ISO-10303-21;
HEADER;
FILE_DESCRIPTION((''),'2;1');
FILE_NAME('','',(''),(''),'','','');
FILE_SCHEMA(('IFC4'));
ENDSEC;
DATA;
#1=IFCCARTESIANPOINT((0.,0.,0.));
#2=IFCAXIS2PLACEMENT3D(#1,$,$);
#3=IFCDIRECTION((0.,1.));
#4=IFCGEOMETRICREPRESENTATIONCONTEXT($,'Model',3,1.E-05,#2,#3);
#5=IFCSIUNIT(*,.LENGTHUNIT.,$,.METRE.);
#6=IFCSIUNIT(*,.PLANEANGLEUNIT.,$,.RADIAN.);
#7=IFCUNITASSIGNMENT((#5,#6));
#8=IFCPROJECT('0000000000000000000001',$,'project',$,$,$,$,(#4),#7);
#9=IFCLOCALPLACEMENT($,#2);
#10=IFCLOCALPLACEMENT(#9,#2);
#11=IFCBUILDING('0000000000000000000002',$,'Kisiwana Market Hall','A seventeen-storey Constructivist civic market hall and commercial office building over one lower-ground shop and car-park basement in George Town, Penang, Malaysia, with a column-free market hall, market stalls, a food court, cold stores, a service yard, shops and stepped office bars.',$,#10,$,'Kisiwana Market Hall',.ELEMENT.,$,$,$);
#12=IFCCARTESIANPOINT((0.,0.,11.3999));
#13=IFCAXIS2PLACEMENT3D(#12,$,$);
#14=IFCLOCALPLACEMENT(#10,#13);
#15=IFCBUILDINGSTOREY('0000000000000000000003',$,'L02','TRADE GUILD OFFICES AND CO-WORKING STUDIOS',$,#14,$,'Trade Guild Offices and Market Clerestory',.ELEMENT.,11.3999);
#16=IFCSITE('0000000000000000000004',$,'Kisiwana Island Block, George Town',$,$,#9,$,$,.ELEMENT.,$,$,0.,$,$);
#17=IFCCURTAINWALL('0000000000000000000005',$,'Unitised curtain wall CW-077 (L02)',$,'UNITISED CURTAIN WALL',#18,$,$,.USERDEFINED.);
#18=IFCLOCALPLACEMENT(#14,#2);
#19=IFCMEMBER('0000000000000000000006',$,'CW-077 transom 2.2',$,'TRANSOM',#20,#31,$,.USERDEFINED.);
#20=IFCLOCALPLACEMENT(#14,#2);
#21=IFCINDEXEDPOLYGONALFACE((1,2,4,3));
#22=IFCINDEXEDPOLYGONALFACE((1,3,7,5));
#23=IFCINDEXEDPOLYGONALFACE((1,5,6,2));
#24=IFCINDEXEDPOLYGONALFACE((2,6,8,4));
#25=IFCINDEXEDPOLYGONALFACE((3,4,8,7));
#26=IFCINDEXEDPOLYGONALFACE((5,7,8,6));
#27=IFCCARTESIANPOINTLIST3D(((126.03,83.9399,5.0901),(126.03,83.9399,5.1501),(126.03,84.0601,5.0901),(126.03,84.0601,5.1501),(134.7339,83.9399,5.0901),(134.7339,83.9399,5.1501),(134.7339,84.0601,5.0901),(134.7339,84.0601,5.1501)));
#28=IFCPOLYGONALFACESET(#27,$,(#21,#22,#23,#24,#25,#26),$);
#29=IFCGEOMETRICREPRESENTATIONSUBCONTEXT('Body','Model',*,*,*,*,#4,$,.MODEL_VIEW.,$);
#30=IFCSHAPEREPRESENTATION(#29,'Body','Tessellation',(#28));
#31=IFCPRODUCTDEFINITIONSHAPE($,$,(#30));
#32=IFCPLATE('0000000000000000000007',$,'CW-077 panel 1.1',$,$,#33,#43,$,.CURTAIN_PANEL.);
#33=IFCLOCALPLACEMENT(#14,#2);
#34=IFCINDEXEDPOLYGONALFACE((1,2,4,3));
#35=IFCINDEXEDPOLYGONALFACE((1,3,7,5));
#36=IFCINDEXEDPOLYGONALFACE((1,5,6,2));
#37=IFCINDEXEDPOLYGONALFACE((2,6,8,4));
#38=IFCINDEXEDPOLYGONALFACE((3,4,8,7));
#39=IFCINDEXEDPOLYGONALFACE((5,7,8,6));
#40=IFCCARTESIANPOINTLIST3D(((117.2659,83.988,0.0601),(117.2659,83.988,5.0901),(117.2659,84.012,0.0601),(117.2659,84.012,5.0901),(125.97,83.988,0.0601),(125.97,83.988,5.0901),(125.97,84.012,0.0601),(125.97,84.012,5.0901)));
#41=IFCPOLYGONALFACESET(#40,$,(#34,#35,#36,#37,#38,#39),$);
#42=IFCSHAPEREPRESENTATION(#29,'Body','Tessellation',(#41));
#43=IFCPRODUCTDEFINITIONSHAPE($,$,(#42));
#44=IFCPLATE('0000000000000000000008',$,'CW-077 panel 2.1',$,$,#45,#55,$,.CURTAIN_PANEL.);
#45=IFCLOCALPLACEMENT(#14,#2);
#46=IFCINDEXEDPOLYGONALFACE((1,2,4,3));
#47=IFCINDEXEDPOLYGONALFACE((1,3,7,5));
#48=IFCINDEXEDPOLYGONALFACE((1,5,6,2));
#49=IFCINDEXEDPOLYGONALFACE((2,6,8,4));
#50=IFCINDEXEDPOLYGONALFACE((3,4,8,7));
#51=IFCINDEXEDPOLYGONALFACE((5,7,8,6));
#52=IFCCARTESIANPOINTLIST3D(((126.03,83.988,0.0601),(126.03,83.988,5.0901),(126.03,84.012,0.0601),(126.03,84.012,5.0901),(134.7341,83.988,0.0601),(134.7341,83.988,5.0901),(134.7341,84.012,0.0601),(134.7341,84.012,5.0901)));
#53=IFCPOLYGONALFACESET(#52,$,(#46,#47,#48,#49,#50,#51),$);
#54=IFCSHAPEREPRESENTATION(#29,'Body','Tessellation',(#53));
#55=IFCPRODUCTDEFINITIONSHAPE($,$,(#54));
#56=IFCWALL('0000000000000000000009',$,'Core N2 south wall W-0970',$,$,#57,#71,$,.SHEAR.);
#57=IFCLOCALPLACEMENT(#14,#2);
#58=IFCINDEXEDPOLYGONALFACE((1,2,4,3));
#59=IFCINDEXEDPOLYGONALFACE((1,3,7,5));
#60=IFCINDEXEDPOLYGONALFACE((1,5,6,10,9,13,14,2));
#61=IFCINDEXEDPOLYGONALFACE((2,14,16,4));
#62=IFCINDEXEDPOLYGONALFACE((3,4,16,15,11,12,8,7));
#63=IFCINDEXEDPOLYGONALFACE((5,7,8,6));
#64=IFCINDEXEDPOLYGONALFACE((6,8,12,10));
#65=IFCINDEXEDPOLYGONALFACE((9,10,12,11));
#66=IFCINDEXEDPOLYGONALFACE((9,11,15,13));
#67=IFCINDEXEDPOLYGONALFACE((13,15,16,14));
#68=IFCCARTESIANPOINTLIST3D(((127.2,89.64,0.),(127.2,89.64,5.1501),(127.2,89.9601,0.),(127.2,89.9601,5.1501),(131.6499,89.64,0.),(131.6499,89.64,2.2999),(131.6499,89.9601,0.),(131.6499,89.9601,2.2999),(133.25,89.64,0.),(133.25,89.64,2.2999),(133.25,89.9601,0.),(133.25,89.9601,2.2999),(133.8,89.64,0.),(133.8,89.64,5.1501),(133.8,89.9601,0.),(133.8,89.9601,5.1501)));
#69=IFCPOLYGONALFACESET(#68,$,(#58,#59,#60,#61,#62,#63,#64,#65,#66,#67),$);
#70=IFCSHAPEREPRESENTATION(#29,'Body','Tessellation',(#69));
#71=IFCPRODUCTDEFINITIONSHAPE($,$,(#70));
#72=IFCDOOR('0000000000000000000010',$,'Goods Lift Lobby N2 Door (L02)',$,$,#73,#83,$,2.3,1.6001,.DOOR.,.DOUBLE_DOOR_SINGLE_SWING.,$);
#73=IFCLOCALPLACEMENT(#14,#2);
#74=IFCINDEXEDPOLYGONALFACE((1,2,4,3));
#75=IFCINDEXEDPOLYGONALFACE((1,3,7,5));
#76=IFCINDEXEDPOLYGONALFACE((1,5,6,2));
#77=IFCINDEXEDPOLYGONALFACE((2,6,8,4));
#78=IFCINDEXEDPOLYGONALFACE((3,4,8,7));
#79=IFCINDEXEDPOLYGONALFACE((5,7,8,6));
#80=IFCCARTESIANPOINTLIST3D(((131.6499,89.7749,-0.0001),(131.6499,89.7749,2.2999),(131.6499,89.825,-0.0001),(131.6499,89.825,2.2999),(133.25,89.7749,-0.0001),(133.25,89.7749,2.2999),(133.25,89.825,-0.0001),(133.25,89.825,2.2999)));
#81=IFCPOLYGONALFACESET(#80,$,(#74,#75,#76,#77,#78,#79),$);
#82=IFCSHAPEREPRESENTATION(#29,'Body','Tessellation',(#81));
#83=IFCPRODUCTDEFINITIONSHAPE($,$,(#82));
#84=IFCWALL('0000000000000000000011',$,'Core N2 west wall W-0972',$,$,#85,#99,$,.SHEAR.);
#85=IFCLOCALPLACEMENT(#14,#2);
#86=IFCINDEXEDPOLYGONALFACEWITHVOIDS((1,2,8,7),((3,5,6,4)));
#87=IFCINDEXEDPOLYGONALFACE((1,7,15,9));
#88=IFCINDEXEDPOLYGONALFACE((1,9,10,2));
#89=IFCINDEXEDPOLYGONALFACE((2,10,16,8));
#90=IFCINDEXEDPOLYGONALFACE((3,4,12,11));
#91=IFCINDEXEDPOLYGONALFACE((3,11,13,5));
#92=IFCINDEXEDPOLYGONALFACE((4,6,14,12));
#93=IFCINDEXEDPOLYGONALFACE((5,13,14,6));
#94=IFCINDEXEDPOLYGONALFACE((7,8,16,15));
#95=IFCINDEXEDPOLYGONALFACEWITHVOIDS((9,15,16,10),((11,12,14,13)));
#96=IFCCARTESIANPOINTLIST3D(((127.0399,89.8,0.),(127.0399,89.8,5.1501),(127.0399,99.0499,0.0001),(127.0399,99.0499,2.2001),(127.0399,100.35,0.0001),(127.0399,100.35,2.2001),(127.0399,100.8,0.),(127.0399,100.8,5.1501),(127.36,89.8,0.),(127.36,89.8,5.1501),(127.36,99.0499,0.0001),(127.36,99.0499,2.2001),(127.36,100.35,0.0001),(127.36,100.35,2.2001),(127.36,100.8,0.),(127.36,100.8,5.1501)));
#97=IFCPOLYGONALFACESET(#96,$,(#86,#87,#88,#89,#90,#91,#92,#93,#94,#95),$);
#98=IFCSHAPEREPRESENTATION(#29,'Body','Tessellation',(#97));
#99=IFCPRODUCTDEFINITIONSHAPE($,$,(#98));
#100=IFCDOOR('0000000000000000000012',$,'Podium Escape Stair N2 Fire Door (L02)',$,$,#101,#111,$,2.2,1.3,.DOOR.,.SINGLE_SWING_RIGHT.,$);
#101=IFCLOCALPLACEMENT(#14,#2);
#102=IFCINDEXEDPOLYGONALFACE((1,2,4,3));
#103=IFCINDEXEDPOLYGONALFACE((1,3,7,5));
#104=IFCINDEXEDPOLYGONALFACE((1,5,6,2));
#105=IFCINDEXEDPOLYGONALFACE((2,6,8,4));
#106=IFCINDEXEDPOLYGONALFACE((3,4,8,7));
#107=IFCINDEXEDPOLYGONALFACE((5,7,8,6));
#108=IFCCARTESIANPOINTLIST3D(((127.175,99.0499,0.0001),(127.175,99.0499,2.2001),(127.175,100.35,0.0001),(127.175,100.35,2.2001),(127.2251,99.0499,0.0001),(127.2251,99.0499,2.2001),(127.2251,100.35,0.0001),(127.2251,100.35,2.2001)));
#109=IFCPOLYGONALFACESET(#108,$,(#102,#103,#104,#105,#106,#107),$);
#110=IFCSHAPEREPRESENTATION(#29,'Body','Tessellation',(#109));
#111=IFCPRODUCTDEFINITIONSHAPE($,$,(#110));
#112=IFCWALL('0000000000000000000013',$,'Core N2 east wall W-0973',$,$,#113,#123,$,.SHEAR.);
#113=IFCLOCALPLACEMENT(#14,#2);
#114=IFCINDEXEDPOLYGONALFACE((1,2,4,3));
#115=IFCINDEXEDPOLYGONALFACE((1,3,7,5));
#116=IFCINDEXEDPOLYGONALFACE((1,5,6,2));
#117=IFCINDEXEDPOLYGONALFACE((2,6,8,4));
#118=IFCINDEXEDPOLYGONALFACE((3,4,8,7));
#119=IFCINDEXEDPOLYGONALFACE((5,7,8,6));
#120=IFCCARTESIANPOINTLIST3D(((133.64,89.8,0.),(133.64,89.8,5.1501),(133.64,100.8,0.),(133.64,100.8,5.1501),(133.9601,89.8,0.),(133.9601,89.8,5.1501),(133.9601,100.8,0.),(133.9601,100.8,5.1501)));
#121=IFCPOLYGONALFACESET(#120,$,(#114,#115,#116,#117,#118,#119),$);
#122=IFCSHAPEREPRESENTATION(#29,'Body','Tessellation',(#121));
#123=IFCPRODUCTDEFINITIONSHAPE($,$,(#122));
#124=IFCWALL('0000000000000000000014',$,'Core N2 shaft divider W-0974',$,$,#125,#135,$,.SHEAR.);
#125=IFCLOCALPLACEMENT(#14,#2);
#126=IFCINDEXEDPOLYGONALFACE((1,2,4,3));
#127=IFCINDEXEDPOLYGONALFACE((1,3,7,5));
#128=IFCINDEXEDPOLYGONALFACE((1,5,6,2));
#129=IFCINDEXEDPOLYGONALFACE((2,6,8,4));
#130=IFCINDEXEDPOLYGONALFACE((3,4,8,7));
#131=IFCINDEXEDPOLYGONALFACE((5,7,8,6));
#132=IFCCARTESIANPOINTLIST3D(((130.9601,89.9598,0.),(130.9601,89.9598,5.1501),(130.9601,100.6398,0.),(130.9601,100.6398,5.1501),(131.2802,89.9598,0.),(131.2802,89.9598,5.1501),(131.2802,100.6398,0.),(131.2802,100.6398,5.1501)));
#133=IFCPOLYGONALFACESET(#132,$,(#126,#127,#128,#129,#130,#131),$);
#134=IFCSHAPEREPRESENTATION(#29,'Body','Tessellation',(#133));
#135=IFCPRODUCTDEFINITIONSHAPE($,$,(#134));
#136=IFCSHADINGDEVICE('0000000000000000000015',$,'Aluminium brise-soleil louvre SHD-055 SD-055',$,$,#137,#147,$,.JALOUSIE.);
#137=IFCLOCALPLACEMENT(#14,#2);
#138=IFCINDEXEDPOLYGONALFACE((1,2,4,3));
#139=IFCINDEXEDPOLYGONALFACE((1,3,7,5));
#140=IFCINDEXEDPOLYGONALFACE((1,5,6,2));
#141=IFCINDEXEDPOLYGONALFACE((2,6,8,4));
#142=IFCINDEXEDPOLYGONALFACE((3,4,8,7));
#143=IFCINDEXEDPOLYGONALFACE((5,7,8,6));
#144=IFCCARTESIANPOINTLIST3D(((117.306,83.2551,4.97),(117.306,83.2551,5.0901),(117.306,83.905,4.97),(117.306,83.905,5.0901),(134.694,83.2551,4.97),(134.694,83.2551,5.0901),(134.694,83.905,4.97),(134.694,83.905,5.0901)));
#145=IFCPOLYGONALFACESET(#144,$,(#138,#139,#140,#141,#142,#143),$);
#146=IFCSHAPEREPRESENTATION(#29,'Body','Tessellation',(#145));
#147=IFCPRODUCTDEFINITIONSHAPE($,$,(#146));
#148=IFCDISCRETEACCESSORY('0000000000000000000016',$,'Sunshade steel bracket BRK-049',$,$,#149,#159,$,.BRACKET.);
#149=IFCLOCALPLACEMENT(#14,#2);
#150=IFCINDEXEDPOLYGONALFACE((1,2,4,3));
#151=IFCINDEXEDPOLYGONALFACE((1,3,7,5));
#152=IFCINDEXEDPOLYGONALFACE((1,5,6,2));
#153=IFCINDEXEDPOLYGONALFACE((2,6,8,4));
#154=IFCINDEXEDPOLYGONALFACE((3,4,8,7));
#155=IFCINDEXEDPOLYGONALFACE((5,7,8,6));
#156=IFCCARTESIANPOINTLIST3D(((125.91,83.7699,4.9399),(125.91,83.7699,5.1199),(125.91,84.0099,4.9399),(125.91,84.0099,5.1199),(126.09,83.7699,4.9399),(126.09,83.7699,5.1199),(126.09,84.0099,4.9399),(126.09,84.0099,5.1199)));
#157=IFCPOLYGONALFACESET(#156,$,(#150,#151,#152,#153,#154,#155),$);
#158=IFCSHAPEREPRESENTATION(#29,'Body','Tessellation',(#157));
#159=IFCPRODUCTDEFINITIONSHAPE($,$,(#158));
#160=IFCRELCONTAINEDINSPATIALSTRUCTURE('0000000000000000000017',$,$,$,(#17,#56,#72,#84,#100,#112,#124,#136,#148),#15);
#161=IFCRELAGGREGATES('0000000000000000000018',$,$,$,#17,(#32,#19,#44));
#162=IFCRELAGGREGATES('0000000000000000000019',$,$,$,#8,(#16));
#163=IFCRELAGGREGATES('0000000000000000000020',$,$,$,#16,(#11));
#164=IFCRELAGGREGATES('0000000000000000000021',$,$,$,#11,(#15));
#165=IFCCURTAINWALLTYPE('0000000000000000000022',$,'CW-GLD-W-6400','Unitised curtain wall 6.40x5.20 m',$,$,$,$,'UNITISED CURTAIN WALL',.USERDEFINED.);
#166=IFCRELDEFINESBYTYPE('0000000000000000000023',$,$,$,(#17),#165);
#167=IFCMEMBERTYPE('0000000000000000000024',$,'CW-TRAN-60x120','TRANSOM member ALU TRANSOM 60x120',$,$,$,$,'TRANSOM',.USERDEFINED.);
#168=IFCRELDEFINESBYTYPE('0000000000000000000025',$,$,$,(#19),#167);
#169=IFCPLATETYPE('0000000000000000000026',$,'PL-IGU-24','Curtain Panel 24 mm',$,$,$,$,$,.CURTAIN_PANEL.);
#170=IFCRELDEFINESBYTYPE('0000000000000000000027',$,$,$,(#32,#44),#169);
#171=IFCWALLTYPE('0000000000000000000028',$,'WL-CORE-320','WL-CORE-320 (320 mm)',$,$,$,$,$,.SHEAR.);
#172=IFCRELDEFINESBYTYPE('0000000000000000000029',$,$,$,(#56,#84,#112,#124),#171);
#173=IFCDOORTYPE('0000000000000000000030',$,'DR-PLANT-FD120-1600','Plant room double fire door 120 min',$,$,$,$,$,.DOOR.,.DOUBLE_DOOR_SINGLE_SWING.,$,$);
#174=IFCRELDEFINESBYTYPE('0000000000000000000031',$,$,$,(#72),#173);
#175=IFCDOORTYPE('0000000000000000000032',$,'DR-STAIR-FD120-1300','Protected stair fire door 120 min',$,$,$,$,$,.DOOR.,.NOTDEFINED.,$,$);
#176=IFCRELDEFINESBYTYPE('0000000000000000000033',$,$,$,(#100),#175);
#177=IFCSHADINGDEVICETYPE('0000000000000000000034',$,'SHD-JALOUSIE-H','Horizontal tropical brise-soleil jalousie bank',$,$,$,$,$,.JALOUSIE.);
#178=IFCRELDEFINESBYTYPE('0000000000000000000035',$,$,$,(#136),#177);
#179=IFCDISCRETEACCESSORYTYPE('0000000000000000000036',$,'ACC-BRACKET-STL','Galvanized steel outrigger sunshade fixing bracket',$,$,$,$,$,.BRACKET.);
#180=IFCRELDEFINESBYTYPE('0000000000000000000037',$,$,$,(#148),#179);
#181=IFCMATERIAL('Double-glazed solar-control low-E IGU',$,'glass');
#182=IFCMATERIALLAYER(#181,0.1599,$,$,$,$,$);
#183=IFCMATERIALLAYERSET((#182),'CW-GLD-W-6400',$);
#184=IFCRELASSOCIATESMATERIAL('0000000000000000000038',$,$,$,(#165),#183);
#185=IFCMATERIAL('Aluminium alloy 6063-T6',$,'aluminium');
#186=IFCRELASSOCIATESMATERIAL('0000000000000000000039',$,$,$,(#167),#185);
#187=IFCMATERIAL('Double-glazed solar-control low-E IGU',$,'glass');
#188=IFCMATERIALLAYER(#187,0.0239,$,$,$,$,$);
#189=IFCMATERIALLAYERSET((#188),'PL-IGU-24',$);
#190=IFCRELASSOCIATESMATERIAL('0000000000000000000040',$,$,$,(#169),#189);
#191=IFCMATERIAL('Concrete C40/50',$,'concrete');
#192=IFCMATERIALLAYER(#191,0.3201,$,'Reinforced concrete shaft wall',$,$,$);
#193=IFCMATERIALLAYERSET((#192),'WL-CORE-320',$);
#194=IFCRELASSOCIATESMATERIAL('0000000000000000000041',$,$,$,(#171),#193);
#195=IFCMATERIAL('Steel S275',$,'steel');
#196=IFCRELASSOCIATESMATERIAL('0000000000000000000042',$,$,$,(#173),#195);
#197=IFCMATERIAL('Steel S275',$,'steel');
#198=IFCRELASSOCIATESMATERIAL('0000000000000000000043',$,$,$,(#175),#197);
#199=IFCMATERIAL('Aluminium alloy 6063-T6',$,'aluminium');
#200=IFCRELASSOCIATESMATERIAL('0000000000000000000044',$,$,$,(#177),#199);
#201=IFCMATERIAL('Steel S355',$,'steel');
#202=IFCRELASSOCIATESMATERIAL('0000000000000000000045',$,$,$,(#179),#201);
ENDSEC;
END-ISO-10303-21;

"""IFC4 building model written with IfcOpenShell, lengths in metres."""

from ifc_helpers import new_model, si_unit, direction, frame, frame_2d, origin, origin_2d, place, context, subcontext, project, spatial, rectangle, extrude, material, layer, layer_set, material_profile, profile_set, type_object, element, fill, aggregate, save


model = new_model("IFC4")

# Units and contexts
model_context = context("Model", 3, precision=1e-05, world=origin(), true_north=direction((0.0, 1.0)))
body_context = subcontext(model_context, "Body", "Model", "MODEL_VIEW")
ifc_project = project(units=[si_unit("LENGTHUNIT", "METRE"), si_unit("PLANEANGLEUNIT", "RADIAN")], contexts=[model_context])

# Site, building, storey
site_placement = place(None, origin())
site = spatial("IfcSite", under=ifc_project, at=site_placement, Name="Kisiwana Island Block, George Town", CompositionType="ELEMENT", RefElevation=0.0)
building_placement = place(site_placement, origin())
building = spatial("IfcBuilding", under=site, at=building_placement, Name="Kisiwana Market Hall", Description="A seventeen-storey Constructivist civic market hall and commercial office building over one lower-ground shop and car-park basement in George Town, Penang, Malaysia, with a column-free market hall, market stalls, a food court, cold stores, a service yard, shops and stepped office bars.", LongName="Kisiwana Market Hall", CompositionType="ELEMENT")
storey_placement = place(building_placement, frame((0.0, 0.0, 11.3999)))
storey = spatial("IfcBuildingStorey", under=building, at=storey_placement, Name="L02", Description="TRADE GUILD OFFICES AND CO-WORKING STUDIOS", LongName="Trade Guild Offices and Market Clerestory", CompositionType="ELEMENT", Elevation=11.3999)

# Curtain wall, member, plates
ifc_material_1 = material(Name="Double-glazed solar-control low-E IGU", Category="glass")
ifc_layer_1 = layer(ifc_material_1, 0.1599)
ifc_layer_set_1 = layer_set([ifc_layer_1], Name="CW-GLD-W-6400")
curtain_wall_type = type_object("IfcCurtainWallType", Name="CW-GLD-W-6400", Description="Unitised curtain wall 6.40x5.20 m", ElementType="UNITISED CURTAIN WALL", PredefinedType="USERDEFINED", material=ifc_layer_set_1)
curtain_wall_placement = place(storey_placement, origin())
curtain_wall = element("IfcCurtainWall", 1, at=curtain_wall_placement, inside=storey, type_object=curtain_wall_type, Name="Unitised curtain wall CW-077 (L02)", ObjectType="UNITISED CURTAIN WALL", PredefinedType="USERDEFINED")
ifc_material_2 = material(Name="Aluminium alloy 6063-T6", Category="aluminium")
ifc_material_profile_1 = material_profile(ifc_material_2, rectangle(XDim=0.1201, YDim=0.0601, at=origin_2d()), Name="ALU TRANSOM 60x120")
ifc_profile_set_1 = profile_set([ifc_material_profile_1], Name="Aluminium alloy 6063-T6")
member_type_1 = type_object("IfcMemberType", Name="CW-TRAN-60x120", Description="TRANSOM member ALU TRANSOM 60x120", ElementType="TRANSOM", PredefinedType="USERDEFINED", material=ifc_profile_set_1)
member_1_placement = place(storey_placement, frame((126.03, 84.0, 5.1201), z_axis=(1.0, 0.0, 0.0), x_axis=(0.0, 1.0, 0.0)))
member_1 = element("IfcMember", 2, at=member_1_placement, type_object=member_type_1, Name="CW-077 transom 2.2", ObjectType="TRANSOM", PredefinedType="USERDEFINED", context=body_context, shape_type="SweptSolid", body=[
    extrude(rectangle(XDim=0.1201, YDim=0.0601, at=origin_2d()), origin(), (0.0, 0.0, 1.0), 8.7039),
])
ifc_material_3 = material(Name="Double-glazed solar-control low-E IGU", Category="glass")
ifc_layer_2 = layer(ifc_material_3, 0.0239)
ifc_layer_set_2 = layer_set([ifc_layer_2], Name="PL-IGU-24")
plate_type = type_object("IfcPlateType", Name="PL-IGU-24", Description="Curtain Panel 24 mm", PredefinedType="CURTAIN_PANEL", material=ifc_layer_set_2)
plate_1_placement = place(storey_placement, frame((121.6179, 84.0, 0.0601), z_axis=(0.0, 0.0, 1.0), x_axis=(1.0, 0.0, 0.0)))
plate_1 = element("IfcPlate", 3, at=plate_1_placement, type_object=plate_type, Name="CW-077 panel 1.1", PredefinedType="CURTAIN_PANEL", context=body_context, shape_type="SweptSolid", body=[
    extrude(rectangle(XDim=8.7041, YDim=0.0239, at=origin_2d()), origin(), (0.0, 0.0, 1.0), 5.03),
])
plate_2_placement = place(storey_placement, frame((130.3821, 84.0, 0.0601), z_axis=(0.0, 0.0, 1.0), x_axis=(1.0, 0.0, 0.0)))
plate_2 = element("IfcPlate", 4, at=plate_2_placement, type_object=plate_type, Name="CW-077 panel 2.1", PredefinedType="CURTAIN_PANEL", context=body_context, shape_type="SweptSolid", body=[
    extrude(rectangle(XDim=8.7041, YDim=0.0239, at=origin_2d()), origin(), (0.0, 0.0, 1.0), 5.03),
])
aggregate(curtain_wall, [plate_1, member_1, plate_2])

# Walls, openings, doors
ifc_material_4 = material(Name="Concrete C40/50", Category="concrete")
ifc_layer_3 = layer(ifc_material_4, 0.3201, Name="Reinforced concrete shaft wall")
ifc_layer_set_3 = layer_set([ifc_layer_3], Name="WL-CORE-320")
wall_type = type_object("IfcWallType", Name="WL-CORE-320", Description="WL-CORE-320 (320 mm)", PredefinedType="SHEAR", material=ifc_layer_set_3)
wall_1_placement = place(storey_placement, frame((127.2, 89.8, 0.0), z_axis=(0.0, 0.0, 1.0), x_axis=(1.0, 0.0, 0.0)))
wall_1 = element("IfcWall", 5, at=wall_1_placement, inside=storey, type_object=wall_type, Name="Core N2 south wall W-0970", PredefinedType="SHEAR", context=body_context, shape_type="SweptSolid", body=[
    extrude(rectangle(XDim=6.6001, YDim=0.3201, at=frame_2d((3.3, 0.0))), origin(), (0.0, 0.0, 1.0), 5.1501),
])
opening_1_placement = place(wall_1_placement, frame((4.45, 0.0, 0.0)))
opening_1 = element("IfcOpeningElement", 6, at=opening_1_placement, cuts=wall_1, PredefinedType="OPENING", context=body_context, shape_type="SweptSolid", body=[
    extrude(rectangle(XDim=1.6001, YDim=2.3, at=frame_2d((0.8, 1.1499))), frame((0.0, 0.1719, 0.0), z_axis=(0.0, -1.0, 0.0), x_axis=(1.0, 0.0, 0.0)), (0.0, 0.0, 1.0), 0.344),
])
ifc_material_5 = material(Name="Steel S275", Category="steel")
door_type_1 = type_object("IfcDoorType", Name="DR-PLANT-FD120-1600", Description="Plant room double fire door 120 min", OperationType="DOUBLE_DOOR_SINGLE_SWING", PredefinedType="DOOR", material=ifc_material_5)
door_1_placement = place(opening_1_placement, origin())
door_1 = element("IfcDoor", 7, at=door_1_placement, inside=storey, type_object=door_type_1, Name="Goods Lift Lobby N2 Door (L02)", OperationType="DOUBLE_DOOR_SINGLE_SWING", OverallHeight=2.3, OverallWidth=1.6001, PredefinedType="DOOR", context=body_context, shape_type="SweptSolid", body=[
    extrude(rectangle(XDim=1.6001, YDim=2.3, at=frame_2d((0.8, 1.1499))), frame((0.0, 0.0249, 0.0), z_axis=(0.0, -1.0, 0.0), x_axis=(1.0, 0.0, 0.0)), (0.0, 0.0, 1.0), 0.05),
])
fill(opening_1, door_1)
wall_2_placement = place(storey_placement, frame((127.2, 89.8, 0.0), z_axis=(0.0, 0.0, 1.0), x_axis=(0.0, 1.0, 0.0)))
wall_2 = element("IfcWall", 8, at=wall_2_placement, inside=storey, type_object=wall_type, Name="Core N2 west wall W-0972", PredefinedType="SHEAR", context=body_context, shape_type="SweptSolid", body=[
    extrude(rectangle(XDim=11.0, YDim=0.3201, at=frame_2d((5.5, 0.0))), origin(), (0.0, 0.0, 1.0), 5.1501),
])
opening_2_placement = place(wall_2_placement, frame((9.25, 0.0, 0.0)))
opening_2 = element("IfcOpeningElement", 9, at=opening_2_placement, cuts=wall_2, PredefinedType="OPENING", context=body_context, shape_type="SweptSolid", body=[
    extrude(rectangle(XDim=1.3, YDim=2.2, at=frame_2d((0.6499, 1.1001))), frame((0.0, 0.1719, 0.0), z_axis=(0.0, -1.0, 0.0), x_axis=(1.0, 0.0, 0.0)), (0.0, 0.0, 1.0), 0.344),
])
ifc_material_6 = material(Name="Steel S275", Category="steel")
door_type_2 = type_object("IfcDoorType", Name="DR-STAIR-FD120-1300", Description="Protected stair fire door 120 min", OperationType="NOTDEFINED", PredefinedType="DOOR", material=ifc_material_6)
door_2_placement = place(opening_2_placement, origin())
door_2 = element("IfcDoor", 10, at=door_2_placement, inside=storey, type_object=door_type_2, Name="Podium Escape Stair N2 Fire Door (L02)", OperationType="SINGLE_SWING_RIGHT", OverallHeight=2.2, OverallWidth=1.3, PredefinedType="DOOR", context=body_context, shape_type="SweptSolid", body=[
    extrude(rectangle(XDim=1.3, YDim=2.2, at=frame_2d((0.6499, 1.1001))), frame((0.0, 0.0249, 0.0), z_axis=(0.0, -1.0, 0.0), x_axis=(1.0, 0.0, 0.0)), (0.0, 0.0, 1.0), 0.05),
])
fill(opening_2, door_2)

# Walls
wall_3_placement = place(storey_placement, frame((133.8, 89.8, 0.0), z_axis=(0.0, 0.0, 1.0), x_axis=(0.0, 1.0, 0.0)))
element("IfcWall", 11, at=wall_3_placement, inside=storey, type_object=wall_type, Name="Core N2 east wall W-0973", PredefinedType="SHEAR", context=body_context, shape_type="SweptSolid", body=[
    extrude(rectangle(XDim=11.0, YDim=0.3201, at=frame_2d((5.5, 0.0))), origin(), (0.0, 0.0, 1.0), 5.1501),
])
wall_4_placement = place(storey_placement, frame((131.1201, 89.96, 0.0), z_axis=(0.0, 0.0, 1.0), x_axis=(0.0, 1.0, 0.0)))
element("IfcWall", 12, at=wall_4_placement, inside=storey, type_object=wall_type, Name="Core N2 shaft divider W-0974", PredefinedType="SHEAR", context=body_context, shape_type="SweptSolid", body=[
    extrude(rectangle(XDim=10.6799, YDim=0.3201, at=frame_2d((5.3398, 0.0))), origin(), (0.0, 0.0, 1.0), 5.1501),
])

# Shading device
ifc_material_7 = material(Name="Aluminium alloy 6063-T6", Category="aluminium")
shading_device_type = type_object("IfcShadingDeviceType", Name="SHD-JALOUSIE-H", Description="Horizontal tropical brise-soleil jalousie bank", PredefinedType="JALOUSIE", material=ifc_material_7)
shading_device_placement = place(storey_placement, frame((126.0, 83.5801, 4.97), z_axis=(0.0, 0.0, 1.0), x_axis=(1.0, 0.0, 0.0)))
element("IfcShadingDevice", 13, at=shading_device_placement, inside=storey, type_object=shading_device_type, Name="Aluminium brise-soleil louvre SHD-055 SD-055", PredefinedType="JALOUSIE", context=body_context, shape_type="SweptSolid", body=[
    extrude(rectangle(XDim=17.3879, YDim=0.6499, at=origin_2d()), origin(), (0.0, 0.0, 1.0), 0.1201),
])

# Discrete accessory
ifc_material_8 = material(Name="Steel S355", Category="steel")
discrete_accessory_type = type_object("IfcDiscreteAccessoryType", Name="ACC-BRACKET-STL", Description="Galvanized steel outrigger sunshade fixing bracket", PredefinedType="BRACKET", material=ifc_material_8)
discrete_accessory_placement = place(storey_placement, frame((126.0, 83.8899, 4.9399), z_axis=(0.0, 0.0, 1.0), x_axis=(1.0, 0.0, 0.0)))
element("IfcDiscreteAccessory", 14, at=discrete_accessory_placement, inside=storey, type_object=discrete_accessory_type, Name="Sunshade steel bracket BRK-049", PredefinedType="BRACKET", context=body_context, shape_type="SweptSolid", body=[
    extrude(rectangle(XDim=0.1799, YDim=0.24, at=origin_2d()), origin(), (0.0, 0.0, 1.0), 0.1799),
])

save(model, "model.ifc")
